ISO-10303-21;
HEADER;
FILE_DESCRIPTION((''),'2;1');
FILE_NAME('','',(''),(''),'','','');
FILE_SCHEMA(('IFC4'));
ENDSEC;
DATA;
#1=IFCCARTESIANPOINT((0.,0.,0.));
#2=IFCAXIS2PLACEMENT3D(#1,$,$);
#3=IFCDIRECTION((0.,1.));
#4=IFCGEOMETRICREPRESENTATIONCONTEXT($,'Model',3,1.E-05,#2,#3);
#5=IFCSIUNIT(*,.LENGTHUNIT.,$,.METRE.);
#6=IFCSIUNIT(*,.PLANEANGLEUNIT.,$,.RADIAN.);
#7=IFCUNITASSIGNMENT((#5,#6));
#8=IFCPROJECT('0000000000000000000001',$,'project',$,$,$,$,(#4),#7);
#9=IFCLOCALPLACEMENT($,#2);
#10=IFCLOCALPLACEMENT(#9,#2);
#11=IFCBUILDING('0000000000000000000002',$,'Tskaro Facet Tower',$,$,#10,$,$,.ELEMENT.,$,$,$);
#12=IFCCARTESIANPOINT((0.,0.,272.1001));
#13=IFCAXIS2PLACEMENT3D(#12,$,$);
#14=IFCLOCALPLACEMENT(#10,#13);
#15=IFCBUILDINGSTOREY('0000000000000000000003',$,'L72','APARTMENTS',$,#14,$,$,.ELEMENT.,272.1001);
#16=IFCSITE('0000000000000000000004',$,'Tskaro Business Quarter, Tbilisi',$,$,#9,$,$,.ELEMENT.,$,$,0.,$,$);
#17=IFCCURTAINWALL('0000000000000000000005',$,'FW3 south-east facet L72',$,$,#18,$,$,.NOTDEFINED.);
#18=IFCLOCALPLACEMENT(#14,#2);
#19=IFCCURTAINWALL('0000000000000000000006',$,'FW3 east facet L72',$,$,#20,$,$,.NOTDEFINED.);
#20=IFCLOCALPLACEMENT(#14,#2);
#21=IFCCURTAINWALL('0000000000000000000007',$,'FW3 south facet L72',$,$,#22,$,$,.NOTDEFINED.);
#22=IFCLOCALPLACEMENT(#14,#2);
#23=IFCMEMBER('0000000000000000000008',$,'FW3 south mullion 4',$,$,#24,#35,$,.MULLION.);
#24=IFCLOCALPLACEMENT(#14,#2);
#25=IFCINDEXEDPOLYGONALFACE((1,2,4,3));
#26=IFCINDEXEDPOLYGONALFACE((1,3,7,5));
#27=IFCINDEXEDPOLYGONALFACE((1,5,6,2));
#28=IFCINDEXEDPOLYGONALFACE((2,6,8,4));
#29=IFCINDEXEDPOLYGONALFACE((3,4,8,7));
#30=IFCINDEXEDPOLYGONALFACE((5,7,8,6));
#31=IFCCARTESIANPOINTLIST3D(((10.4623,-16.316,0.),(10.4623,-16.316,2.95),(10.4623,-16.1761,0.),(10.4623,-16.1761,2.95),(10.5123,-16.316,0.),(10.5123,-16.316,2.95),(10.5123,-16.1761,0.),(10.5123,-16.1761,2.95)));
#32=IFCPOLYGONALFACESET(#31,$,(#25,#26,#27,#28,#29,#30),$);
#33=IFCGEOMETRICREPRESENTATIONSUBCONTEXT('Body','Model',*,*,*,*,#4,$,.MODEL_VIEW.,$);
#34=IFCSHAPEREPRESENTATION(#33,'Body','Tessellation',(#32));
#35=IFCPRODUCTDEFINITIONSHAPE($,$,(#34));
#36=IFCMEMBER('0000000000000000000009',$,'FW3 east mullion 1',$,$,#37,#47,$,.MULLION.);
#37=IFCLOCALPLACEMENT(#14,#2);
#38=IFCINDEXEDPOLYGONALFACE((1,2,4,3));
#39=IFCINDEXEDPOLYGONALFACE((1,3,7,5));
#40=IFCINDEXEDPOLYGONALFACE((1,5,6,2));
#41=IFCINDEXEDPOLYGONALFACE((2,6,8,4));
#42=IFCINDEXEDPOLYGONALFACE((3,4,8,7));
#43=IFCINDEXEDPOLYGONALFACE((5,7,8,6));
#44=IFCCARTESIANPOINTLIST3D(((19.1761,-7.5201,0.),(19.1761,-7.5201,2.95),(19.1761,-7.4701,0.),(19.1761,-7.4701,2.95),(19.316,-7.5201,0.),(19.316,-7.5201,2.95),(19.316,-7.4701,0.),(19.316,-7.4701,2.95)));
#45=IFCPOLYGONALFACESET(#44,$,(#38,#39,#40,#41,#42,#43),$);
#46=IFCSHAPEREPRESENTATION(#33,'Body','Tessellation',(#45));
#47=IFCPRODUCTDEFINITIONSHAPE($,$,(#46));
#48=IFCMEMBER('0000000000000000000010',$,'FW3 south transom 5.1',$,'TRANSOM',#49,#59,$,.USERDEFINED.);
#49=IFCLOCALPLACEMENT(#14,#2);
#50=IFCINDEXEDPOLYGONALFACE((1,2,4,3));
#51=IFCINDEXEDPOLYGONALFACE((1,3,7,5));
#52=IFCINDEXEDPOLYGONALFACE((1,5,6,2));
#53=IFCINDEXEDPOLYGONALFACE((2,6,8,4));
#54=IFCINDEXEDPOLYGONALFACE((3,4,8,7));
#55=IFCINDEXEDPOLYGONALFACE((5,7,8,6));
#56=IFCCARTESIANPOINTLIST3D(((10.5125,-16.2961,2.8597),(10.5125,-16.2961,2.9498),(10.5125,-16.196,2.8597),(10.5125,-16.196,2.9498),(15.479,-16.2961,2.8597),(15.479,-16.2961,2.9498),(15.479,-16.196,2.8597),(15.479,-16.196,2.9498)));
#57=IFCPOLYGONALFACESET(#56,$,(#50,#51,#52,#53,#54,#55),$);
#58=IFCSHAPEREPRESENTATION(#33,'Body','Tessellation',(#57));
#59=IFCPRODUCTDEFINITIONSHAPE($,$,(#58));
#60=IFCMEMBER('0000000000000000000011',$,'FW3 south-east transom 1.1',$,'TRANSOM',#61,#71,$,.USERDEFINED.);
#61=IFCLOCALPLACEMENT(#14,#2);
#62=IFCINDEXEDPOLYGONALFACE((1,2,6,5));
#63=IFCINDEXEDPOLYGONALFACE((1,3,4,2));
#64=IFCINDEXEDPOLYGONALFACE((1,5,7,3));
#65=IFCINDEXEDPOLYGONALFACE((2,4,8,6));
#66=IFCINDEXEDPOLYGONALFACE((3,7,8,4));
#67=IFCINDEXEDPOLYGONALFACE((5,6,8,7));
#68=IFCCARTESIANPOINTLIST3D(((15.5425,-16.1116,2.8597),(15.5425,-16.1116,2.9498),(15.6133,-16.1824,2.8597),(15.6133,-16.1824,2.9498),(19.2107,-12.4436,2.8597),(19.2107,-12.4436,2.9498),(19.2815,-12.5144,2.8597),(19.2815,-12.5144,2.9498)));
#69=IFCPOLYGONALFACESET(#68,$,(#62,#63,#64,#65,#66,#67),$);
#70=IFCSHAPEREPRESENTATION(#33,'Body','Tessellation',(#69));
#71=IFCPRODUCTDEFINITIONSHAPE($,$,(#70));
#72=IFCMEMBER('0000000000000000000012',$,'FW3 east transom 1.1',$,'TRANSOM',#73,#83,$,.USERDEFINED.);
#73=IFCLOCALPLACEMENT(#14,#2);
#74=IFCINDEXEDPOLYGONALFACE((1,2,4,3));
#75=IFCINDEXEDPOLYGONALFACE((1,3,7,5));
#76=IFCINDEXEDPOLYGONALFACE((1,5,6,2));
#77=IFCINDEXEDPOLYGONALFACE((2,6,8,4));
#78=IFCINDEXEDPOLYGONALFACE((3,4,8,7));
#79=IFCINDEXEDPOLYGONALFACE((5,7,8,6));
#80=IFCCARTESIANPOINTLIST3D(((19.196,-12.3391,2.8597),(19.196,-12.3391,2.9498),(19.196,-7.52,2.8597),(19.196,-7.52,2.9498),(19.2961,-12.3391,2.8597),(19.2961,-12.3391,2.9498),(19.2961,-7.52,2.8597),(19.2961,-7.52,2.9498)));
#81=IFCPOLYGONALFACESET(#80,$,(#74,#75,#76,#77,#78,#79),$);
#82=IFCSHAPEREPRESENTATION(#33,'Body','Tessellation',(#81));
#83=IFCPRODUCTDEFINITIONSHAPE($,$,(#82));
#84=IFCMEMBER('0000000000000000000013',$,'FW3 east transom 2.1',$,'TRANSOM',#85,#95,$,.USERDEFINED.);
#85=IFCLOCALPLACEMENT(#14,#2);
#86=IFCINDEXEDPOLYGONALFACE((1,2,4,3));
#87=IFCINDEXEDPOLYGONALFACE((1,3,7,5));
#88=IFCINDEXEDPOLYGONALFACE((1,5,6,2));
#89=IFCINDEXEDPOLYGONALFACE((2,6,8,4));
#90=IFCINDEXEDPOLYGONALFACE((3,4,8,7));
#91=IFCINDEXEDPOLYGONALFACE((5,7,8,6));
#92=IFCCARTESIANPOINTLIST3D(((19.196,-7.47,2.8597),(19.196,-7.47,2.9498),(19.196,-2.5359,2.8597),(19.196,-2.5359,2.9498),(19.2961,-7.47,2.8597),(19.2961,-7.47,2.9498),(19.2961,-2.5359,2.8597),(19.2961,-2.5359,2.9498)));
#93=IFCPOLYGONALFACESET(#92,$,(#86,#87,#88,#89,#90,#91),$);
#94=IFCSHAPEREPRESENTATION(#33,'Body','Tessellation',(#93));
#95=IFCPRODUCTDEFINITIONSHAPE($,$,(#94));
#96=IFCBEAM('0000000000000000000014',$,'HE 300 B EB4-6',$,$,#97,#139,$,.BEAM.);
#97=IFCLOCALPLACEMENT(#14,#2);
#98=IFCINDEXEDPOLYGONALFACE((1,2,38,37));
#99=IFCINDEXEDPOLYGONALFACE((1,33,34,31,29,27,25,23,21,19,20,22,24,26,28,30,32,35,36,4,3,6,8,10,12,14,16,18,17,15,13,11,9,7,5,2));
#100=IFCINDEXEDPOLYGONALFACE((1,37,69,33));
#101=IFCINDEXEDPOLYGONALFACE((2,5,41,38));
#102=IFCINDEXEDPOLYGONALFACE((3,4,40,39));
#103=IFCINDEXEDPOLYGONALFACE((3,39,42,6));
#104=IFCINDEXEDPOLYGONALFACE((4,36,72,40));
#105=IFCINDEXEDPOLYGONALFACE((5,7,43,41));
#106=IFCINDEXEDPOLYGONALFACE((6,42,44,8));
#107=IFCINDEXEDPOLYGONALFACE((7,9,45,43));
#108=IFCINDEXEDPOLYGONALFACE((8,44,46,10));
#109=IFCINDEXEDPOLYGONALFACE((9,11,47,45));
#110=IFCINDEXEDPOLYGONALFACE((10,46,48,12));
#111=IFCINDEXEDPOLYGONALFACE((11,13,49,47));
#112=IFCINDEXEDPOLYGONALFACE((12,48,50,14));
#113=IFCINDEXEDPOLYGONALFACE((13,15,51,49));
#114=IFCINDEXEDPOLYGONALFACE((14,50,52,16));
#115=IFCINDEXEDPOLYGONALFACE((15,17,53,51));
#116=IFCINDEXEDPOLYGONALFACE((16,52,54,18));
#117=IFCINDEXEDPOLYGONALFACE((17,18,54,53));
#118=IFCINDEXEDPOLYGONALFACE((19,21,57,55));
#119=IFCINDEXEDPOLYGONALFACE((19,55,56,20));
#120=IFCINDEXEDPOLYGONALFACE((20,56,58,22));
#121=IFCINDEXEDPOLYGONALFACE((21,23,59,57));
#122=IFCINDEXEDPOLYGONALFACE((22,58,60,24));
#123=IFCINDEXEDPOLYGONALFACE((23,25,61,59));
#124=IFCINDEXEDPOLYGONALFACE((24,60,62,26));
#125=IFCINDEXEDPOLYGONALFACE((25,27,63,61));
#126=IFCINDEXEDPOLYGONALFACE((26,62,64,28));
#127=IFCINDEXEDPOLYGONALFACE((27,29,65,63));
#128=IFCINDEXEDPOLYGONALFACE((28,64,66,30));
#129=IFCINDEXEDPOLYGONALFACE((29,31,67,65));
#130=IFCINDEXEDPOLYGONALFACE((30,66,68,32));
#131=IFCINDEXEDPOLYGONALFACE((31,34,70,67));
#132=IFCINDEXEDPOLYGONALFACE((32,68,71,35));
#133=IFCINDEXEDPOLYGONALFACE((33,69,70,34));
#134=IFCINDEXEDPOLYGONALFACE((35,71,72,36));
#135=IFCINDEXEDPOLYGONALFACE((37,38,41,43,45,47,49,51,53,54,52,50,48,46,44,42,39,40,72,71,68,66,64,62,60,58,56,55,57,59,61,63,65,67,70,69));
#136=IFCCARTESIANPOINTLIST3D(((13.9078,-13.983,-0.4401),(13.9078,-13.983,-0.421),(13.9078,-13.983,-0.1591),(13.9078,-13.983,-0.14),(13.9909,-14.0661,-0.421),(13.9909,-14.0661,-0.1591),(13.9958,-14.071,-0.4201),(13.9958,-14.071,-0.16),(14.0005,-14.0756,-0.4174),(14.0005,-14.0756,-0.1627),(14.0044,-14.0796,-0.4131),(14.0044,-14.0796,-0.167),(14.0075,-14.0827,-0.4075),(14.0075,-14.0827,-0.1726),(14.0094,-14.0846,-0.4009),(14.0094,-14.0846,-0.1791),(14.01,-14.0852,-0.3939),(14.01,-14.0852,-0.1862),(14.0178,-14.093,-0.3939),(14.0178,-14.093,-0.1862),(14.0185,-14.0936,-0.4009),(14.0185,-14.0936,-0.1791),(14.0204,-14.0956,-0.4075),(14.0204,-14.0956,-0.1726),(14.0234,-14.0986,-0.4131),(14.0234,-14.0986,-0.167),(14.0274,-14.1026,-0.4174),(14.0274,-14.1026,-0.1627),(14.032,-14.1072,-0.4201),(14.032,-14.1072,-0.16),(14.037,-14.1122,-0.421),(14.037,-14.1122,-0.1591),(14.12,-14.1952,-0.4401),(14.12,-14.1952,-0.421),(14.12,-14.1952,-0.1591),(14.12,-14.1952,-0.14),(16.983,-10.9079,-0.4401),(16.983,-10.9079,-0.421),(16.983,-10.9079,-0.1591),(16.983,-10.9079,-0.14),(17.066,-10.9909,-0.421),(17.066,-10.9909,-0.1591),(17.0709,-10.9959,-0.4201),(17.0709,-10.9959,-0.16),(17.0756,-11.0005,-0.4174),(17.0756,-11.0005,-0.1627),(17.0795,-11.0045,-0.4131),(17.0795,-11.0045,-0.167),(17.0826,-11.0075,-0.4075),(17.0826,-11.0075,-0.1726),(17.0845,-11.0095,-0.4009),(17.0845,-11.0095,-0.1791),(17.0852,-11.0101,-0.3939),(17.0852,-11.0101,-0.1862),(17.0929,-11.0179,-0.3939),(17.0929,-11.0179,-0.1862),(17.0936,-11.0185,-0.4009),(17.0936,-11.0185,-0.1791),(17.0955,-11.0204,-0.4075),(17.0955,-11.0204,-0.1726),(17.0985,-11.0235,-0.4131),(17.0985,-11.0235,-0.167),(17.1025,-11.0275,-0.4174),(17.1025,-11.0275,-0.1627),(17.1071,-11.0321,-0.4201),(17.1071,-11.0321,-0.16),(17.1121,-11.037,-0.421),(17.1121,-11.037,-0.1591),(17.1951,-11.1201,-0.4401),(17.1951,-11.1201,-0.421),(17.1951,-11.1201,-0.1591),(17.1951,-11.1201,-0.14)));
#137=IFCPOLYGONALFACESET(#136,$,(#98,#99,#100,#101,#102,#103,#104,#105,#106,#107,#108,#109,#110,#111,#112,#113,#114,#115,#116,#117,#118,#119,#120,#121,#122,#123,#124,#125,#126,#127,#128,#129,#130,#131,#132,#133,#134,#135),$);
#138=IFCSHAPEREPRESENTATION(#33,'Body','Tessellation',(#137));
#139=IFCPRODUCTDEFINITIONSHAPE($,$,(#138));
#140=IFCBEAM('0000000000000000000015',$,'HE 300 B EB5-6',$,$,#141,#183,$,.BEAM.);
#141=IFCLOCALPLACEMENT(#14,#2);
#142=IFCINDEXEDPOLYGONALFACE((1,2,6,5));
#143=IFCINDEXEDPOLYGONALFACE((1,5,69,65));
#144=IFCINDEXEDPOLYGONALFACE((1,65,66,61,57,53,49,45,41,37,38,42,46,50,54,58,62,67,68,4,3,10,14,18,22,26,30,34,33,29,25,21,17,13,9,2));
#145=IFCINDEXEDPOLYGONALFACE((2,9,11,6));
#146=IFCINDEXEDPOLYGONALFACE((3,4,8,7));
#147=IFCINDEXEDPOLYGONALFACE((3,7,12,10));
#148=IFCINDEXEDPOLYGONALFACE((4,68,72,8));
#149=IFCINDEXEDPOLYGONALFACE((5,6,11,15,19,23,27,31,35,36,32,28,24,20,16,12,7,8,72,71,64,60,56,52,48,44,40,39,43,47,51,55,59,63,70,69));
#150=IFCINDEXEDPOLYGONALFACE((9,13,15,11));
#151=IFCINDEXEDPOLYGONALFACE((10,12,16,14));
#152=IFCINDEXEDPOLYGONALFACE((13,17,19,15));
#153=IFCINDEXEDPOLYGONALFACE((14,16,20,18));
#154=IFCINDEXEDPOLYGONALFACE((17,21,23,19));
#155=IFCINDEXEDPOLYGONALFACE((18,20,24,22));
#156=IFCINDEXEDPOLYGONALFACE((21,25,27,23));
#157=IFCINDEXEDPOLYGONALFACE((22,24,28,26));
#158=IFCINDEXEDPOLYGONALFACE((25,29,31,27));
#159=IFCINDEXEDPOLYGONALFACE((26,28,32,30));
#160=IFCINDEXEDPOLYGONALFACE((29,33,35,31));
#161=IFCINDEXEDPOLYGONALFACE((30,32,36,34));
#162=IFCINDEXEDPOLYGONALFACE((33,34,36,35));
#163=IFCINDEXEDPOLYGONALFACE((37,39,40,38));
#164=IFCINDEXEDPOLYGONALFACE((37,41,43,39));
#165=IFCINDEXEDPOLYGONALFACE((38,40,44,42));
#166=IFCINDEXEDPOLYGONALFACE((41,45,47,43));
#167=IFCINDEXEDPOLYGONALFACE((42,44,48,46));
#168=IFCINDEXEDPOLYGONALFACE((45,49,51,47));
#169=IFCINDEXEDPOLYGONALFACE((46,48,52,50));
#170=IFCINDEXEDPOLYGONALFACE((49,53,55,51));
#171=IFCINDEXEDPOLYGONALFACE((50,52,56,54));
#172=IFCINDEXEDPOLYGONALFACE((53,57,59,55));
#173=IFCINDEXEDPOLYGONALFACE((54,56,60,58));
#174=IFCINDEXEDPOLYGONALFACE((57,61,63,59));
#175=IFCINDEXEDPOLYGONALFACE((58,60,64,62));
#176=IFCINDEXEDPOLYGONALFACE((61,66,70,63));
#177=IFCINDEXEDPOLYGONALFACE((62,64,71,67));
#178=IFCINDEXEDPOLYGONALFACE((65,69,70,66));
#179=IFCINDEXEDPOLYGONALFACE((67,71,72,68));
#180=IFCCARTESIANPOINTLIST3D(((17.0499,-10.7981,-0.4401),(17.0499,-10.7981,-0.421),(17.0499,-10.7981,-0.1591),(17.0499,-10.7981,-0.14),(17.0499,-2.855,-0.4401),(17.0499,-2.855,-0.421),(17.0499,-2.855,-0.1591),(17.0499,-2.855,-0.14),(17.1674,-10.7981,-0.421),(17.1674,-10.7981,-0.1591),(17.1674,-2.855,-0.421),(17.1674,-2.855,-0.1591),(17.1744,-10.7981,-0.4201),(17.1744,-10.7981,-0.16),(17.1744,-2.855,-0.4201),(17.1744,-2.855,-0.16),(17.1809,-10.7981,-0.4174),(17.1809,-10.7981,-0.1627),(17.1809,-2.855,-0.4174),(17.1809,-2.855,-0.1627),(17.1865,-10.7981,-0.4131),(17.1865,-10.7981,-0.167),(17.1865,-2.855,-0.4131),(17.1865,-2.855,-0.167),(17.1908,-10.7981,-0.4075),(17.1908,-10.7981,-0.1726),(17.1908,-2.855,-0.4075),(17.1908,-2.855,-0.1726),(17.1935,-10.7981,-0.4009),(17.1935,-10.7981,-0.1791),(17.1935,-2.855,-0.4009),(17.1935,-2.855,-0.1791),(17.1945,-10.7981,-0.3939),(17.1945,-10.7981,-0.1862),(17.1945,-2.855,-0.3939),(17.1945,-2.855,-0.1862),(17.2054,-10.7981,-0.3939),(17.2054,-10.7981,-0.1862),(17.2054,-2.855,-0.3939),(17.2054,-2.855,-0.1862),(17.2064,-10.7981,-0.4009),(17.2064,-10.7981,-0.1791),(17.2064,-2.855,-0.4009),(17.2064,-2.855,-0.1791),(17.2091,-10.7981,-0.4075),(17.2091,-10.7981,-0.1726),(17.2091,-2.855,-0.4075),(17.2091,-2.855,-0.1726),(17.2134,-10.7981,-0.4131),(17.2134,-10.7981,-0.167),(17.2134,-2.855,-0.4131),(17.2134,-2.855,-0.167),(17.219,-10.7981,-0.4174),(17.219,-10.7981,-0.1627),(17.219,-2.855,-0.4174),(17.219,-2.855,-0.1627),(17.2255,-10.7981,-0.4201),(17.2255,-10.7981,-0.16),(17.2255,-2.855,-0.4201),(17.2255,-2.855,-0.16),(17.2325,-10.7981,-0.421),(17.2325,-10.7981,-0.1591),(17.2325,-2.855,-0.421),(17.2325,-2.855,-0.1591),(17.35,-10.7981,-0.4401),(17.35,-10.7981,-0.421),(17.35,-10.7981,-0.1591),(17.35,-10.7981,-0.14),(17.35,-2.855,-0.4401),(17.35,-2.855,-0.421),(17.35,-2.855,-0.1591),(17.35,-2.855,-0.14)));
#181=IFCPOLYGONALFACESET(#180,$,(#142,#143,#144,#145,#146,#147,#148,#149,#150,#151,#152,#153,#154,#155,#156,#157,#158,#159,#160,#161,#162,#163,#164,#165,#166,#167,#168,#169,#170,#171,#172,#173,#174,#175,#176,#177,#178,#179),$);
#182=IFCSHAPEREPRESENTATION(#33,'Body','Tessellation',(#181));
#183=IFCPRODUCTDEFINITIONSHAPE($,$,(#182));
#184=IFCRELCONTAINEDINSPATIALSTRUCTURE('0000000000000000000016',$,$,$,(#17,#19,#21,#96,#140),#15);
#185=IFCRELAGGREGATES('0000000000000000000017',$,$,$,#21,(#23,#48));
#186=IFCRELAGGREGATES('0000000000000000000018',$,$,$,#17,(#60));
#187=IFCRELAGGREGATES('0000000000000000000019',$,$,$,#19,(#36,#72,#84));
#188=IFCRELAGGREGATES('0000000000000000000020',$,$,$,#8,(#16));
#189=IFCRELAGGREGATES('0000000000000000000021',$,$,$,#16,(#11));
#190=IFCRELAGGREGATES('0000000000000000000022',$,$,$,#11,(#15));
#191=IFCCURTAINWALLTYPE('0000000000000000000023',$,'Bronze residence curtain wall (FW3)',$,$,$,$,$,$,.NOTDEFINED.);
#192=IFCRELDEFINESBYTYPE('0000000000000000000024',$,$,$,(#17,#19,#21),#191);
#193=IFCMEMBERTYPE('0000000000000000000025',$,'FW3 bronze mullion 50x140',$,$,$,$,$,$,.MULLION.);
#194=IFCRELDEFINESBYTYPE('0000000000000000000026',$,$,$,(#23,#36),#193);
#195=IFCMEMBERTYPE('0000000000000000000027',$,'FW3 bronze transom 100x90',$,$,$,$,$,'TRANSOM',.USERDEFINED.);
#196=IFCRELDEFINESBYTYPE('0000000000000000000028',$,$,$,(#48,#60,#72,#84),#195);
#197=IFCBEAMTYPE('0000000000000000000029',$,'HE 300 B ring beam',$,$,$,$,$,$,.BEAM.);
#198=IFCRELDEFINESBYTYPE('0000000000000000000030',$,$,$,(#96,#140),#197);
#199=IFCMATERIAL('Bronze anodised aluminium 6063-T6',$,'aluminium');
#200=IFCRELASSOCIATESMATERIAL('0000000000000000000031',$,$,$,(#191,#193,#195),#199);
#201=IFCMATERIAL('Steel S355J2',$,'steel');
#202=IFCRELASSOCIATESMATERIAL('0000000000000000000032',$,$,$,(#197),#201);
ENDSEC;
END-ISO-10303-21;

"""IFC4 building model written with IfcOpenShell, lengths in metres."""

from ifc_helpers import new_model, si_unit, direction, frame, origin, origin_2d, place, context, subcontext, project, spatial, rectangle, i_section, extrude, material, material_profile, profile_set, type_object, element, aggregate, save


model = new_model("IFC4")

# Units and contexts
model_context = context("Model", 3, precision=1e-05, world=origin(), true_north=direction((0.0, 1.0)))
body_context = subcontext(model_context, "Body", "Model", "MODEL_VIEW")
ifc_project = project(units=[si_unit("LENGTHUNIT", "METRE"), si_unit("PLANEANGLEUNIT", "RADIAN")], contexts=[model_context])

# Site, building, storey
site_placement = place(None, origin())
site = spatial("IfcSite", under=ifc_project, at=site_placement, Name="Tskaro Business Quarter, Tbilisi", CompositionType="ELEMENT", RefElevation=0.0)
building_placement = place(site_placement, origin())
building = spatial("IfcBuilding", under=site, at=building_placement, Name="Tskaro Facet Tower", CompositionType="ELEMENT")
storey_placement = place(building_placement, frame((0.0, 0.0, 272.1001)))
storey = spatial("IfcBuildingStorey", under=building, at=storey_placement, Name="L72", Description="APARTMENTS", CompositionType="ELEMENT", Elevation=272.1001)

# Shared definitions
ifc_material_1 = material(Name="Steel S355J2", Category="steel")

# Curtain walls, member
ifc_material_2 = material(Name="Bronze anodised aluminium 6063-T6", Category="aluminium")
curtain_wall_type = type_object("IfcCurtainWallType", Name="Bronze residence curtain wall (FW3)", PredefinedType="NOTDEFINED", material=ifc_material_2)
curtain_wall_1_placement = place(storey_placement, origin())
curtain_wall_1 = element("IfcCurtainWall", 1, at=curtain_wall_1_placement, inside=storey, type_object=curtain_wall_type, Name="FW3 south-east facet L72", PredefinedType="NOTDEFINED")
curtain_wall_2_placement = place(storey_placement, origin())
curtain_wall_2 = element("IfcCurtainWall", 2, at=curtain_wall_2_placement, inside=storey, type_object=curtain_wall_type, Name="FW3 east facet L72", PredefinedType="NOTDEFINED")
curtain_wall_3_placement = place(storey_placement, origin())
curtain_wall_3 = element("IfcCurtainWall", 3, at=curtain_wall_3_placement, inside=storey, type_object=curtain_wall_type, Name="FW3 south facet L72", PredefinedType="NOTDEFINED")
ifc_material_profile_1 = material_profile(ifc_material_2, rectangle(XDim=0.05, YDim=0.1399, at=origin_2d()), Name="Mullion 50x140")
ifc_profile_set_1 = profile_set([ifc_material_profile_1], Name="Bronze anodised aluminium 6063-T6")
member_type_1 = type_object("IfcMemberType", Name="FW3 bronze mullion 50x140", PredefinedType="MULLION", material=ifc_profile_set_1)
member_1_placement = place(storey_placement, frame((10.4873, -16.2461, 0.0), z_axis=(0.0, 0.0, 1.0), x_axis=(1.0, 0.0, 0.0)))
member_1 = element("IfcMember", 4, at=member_1_placement, type_object=member_type_1, Name="FW3 south mullion 4", PredefinedType="MULLION", context=body_context, shape_type="SweptSolid", body=[
    extrude(rectangle(XDim=0.05, YDim=0.1399, at=origin_2d()), origin(), (0.0, 0.0, 1.0), 2.95),
])

# Members
member_2_placement = place(storey_placement, frame((19.2461, -7.4951, 0.0), z_axis=(0.0, 0.0, 1.0), x_axis=(0.0, 1.0, 0.0)))
member_2 = element("IfcMember", 5, at=member_2_placement, type_object=member_type_1, Name="FW3 east mullion 1", PredefinedType="MULLION", context=body_context, shape_type="SweptSolid", body=[
    extrude(rectangle(XDim=0.05, YDim=0.1399, at=origin_2d()), origin(), (0.0, 0.0, 1.0), 2.95),
])
ifc_material_profile_2 = material_profile(ifc_material_2, rectangle(XDim=0.1001, YDim=0.0901, at=origin_2d()), Name="Transom 100x90")
ifc_profile_set_2 = profile_set([ifc_material_profile_2], Name="Bronze anodised aluminium 6063-T6")
member_type_2 = type_object("IfcMemberType", Name="FW3 bronze transom 100x90", ElementType="TRANSOM", PredefinedType="USERDEFINED", material=ifc_profile_set_2)
member_3_placement = place(storey_placement, frame((10.5125, -16.2461, 2.9048), z_axis=(1.0, 0.0, 0.0), x_axis=(0.0, 1.0, 0.0)))
member_3 = element("IfcMember", 6, at=member_3_placement, type_object=member_type_2, Name="FW3 south transom 5.1", ObjectType="TRANSOM", PredefinedType="USERDEFINED", context=body_context, shape_type="SweptSolid", body=[
    extrude(rectangle(XDim=0.1001, YDim=0.0901, at=origin_2d()), origin(), (0.0, 0.0, 1.0), 4.9666),
])
member_4_placement = place(storey_placement, frame((15.5779, -16.147, 2.9048), z_axis=(0.70713, 0.707083, 0.0), x_axis=(-0.707083, 0.70713, 0.0)))
member_4 = element("IfcMember", 7, at=member_4_placement, type_object=member_type_2, Name="FW3 south-east transom 1.1", ObjectType="TRANSOM", PredefinedType="USERDEFINED", context=body_context, shape_type="SweptSolid", body=[
    extrude(rectangle(XDim=0.1001, YDim=0.0901, at=origin_2d()), origin(), (0.0, 0.0, 1.0), 5.1875),
])
member_5_placement = place(storey_placement, frame((19.2461, -12.3391, 2.9048), z_axis=(0.0, 1.0, 0.0), x_axis=(-1.0, 0.0, 0.0)))
member_5 = element("IfcMember", 8, at=member_5_placement, type_object=member_type_2, Name="FW3 east transom 1.1", ObjectType="TRANSOM", PredefinedType="USERDEFINED", context=body_context, shape_type="SweptSolid", body=[
    extrude(rectangle(XDim=0.1001, YDim=0.0901, at=origin_2d()), origin(), (0.0, 0.0, 1.0), 4.8191),
])
member_6_placement = place(storey_placement, frame((19.2461, -7.47, 2.9048), z_axis=(0.0, 1.0, 0.0), x_axis=(-1.0, 0.0, 0.0)))
member_6 = element("IfcMember", 9, at=member_6_placement, type_object=member_type_2, Name="FW3 east transom 2.1", ObjectType="TRANSOM", PredefinedType="USERDEFINED", context=body_context, shape_type="SweptSolid", body=[
    extrude(rectangle(XDim=0.1001, YDim=0.0901, at=origin_2d()), origin(), (0.0, 0.0, 1.0), 4.9341),
])

# Beams
ifc_material_profile_3 = material_profile(ifc_material_1, i_section(OverallWidth=0.3, OverallDepth=0.3, WebThickness=0.011, FlangeThickness=0.019, FilletRadius=0.0271, at=origin_2d()), Name="HE 300 B")
ifc_profile_set_3 = profile_set([ifc_material_profile_3], Name="Steel S355J2")
beam_type_1 = type_object("IfcBeamType", Name="HE 300 B ring beam", PredefinedType="BEAM", material=ifc_profile_set_3)
beam_1_placement = place(storey_placement, frame((14.0139, -14.0891, -0.29), z_axis=(0.707107, 0.707107, 0.0), x_axis=(-0.707107, 0.707107, 0.0)))
element("IfcBeam", 10, at=beam_1_placement, inside=storey, type_object=beam_type_1, Name="HE 300 B EB4-6", PredefinedType="BEAM", context=body_context, shape_type="SweptSolid", body=[
    extrude(i_section(OverallWidth=0.3, OverallDepth=0.3, WebThickness=0.011, FlangeThickness=0.019, FilletRadius=0.0271, at=origin_2d()), origin(), (0.0, 0.0, 1.0), 4.3489),
])
beam_2_placement = place(storey_placement, frame((17.2, -10.7981, -0.29), z_axis=(0.0, 1.0, 0.0), x_axis=(-1.0, 0.0, 0.0)))
element("IfcBeam", 11, at=beam_2_placement, inside=storey, type_object=beam_type_1, Name="HE 300 B EB5-6", PredefinedType="BEAM", context=body_context, shape_type="SweptSolid", body=[
    extrude(i_section(OverallWidth=0.3, OverallDepth=0.3, WebThickness=0.011, FlangeThickness=0.019, FilletRadius=0.0271, at=origin_2d()), origin(), (0.0, 0.0, 1.0), 7.9431),
])

aggregate(curtain_wall_3, [member_1, member_3])
aggregate(curtain_wall_1, [member_4])
aggregate(curtain_wall_2, [member_2, member_5, member_6])

save(model, "model.ifc")
